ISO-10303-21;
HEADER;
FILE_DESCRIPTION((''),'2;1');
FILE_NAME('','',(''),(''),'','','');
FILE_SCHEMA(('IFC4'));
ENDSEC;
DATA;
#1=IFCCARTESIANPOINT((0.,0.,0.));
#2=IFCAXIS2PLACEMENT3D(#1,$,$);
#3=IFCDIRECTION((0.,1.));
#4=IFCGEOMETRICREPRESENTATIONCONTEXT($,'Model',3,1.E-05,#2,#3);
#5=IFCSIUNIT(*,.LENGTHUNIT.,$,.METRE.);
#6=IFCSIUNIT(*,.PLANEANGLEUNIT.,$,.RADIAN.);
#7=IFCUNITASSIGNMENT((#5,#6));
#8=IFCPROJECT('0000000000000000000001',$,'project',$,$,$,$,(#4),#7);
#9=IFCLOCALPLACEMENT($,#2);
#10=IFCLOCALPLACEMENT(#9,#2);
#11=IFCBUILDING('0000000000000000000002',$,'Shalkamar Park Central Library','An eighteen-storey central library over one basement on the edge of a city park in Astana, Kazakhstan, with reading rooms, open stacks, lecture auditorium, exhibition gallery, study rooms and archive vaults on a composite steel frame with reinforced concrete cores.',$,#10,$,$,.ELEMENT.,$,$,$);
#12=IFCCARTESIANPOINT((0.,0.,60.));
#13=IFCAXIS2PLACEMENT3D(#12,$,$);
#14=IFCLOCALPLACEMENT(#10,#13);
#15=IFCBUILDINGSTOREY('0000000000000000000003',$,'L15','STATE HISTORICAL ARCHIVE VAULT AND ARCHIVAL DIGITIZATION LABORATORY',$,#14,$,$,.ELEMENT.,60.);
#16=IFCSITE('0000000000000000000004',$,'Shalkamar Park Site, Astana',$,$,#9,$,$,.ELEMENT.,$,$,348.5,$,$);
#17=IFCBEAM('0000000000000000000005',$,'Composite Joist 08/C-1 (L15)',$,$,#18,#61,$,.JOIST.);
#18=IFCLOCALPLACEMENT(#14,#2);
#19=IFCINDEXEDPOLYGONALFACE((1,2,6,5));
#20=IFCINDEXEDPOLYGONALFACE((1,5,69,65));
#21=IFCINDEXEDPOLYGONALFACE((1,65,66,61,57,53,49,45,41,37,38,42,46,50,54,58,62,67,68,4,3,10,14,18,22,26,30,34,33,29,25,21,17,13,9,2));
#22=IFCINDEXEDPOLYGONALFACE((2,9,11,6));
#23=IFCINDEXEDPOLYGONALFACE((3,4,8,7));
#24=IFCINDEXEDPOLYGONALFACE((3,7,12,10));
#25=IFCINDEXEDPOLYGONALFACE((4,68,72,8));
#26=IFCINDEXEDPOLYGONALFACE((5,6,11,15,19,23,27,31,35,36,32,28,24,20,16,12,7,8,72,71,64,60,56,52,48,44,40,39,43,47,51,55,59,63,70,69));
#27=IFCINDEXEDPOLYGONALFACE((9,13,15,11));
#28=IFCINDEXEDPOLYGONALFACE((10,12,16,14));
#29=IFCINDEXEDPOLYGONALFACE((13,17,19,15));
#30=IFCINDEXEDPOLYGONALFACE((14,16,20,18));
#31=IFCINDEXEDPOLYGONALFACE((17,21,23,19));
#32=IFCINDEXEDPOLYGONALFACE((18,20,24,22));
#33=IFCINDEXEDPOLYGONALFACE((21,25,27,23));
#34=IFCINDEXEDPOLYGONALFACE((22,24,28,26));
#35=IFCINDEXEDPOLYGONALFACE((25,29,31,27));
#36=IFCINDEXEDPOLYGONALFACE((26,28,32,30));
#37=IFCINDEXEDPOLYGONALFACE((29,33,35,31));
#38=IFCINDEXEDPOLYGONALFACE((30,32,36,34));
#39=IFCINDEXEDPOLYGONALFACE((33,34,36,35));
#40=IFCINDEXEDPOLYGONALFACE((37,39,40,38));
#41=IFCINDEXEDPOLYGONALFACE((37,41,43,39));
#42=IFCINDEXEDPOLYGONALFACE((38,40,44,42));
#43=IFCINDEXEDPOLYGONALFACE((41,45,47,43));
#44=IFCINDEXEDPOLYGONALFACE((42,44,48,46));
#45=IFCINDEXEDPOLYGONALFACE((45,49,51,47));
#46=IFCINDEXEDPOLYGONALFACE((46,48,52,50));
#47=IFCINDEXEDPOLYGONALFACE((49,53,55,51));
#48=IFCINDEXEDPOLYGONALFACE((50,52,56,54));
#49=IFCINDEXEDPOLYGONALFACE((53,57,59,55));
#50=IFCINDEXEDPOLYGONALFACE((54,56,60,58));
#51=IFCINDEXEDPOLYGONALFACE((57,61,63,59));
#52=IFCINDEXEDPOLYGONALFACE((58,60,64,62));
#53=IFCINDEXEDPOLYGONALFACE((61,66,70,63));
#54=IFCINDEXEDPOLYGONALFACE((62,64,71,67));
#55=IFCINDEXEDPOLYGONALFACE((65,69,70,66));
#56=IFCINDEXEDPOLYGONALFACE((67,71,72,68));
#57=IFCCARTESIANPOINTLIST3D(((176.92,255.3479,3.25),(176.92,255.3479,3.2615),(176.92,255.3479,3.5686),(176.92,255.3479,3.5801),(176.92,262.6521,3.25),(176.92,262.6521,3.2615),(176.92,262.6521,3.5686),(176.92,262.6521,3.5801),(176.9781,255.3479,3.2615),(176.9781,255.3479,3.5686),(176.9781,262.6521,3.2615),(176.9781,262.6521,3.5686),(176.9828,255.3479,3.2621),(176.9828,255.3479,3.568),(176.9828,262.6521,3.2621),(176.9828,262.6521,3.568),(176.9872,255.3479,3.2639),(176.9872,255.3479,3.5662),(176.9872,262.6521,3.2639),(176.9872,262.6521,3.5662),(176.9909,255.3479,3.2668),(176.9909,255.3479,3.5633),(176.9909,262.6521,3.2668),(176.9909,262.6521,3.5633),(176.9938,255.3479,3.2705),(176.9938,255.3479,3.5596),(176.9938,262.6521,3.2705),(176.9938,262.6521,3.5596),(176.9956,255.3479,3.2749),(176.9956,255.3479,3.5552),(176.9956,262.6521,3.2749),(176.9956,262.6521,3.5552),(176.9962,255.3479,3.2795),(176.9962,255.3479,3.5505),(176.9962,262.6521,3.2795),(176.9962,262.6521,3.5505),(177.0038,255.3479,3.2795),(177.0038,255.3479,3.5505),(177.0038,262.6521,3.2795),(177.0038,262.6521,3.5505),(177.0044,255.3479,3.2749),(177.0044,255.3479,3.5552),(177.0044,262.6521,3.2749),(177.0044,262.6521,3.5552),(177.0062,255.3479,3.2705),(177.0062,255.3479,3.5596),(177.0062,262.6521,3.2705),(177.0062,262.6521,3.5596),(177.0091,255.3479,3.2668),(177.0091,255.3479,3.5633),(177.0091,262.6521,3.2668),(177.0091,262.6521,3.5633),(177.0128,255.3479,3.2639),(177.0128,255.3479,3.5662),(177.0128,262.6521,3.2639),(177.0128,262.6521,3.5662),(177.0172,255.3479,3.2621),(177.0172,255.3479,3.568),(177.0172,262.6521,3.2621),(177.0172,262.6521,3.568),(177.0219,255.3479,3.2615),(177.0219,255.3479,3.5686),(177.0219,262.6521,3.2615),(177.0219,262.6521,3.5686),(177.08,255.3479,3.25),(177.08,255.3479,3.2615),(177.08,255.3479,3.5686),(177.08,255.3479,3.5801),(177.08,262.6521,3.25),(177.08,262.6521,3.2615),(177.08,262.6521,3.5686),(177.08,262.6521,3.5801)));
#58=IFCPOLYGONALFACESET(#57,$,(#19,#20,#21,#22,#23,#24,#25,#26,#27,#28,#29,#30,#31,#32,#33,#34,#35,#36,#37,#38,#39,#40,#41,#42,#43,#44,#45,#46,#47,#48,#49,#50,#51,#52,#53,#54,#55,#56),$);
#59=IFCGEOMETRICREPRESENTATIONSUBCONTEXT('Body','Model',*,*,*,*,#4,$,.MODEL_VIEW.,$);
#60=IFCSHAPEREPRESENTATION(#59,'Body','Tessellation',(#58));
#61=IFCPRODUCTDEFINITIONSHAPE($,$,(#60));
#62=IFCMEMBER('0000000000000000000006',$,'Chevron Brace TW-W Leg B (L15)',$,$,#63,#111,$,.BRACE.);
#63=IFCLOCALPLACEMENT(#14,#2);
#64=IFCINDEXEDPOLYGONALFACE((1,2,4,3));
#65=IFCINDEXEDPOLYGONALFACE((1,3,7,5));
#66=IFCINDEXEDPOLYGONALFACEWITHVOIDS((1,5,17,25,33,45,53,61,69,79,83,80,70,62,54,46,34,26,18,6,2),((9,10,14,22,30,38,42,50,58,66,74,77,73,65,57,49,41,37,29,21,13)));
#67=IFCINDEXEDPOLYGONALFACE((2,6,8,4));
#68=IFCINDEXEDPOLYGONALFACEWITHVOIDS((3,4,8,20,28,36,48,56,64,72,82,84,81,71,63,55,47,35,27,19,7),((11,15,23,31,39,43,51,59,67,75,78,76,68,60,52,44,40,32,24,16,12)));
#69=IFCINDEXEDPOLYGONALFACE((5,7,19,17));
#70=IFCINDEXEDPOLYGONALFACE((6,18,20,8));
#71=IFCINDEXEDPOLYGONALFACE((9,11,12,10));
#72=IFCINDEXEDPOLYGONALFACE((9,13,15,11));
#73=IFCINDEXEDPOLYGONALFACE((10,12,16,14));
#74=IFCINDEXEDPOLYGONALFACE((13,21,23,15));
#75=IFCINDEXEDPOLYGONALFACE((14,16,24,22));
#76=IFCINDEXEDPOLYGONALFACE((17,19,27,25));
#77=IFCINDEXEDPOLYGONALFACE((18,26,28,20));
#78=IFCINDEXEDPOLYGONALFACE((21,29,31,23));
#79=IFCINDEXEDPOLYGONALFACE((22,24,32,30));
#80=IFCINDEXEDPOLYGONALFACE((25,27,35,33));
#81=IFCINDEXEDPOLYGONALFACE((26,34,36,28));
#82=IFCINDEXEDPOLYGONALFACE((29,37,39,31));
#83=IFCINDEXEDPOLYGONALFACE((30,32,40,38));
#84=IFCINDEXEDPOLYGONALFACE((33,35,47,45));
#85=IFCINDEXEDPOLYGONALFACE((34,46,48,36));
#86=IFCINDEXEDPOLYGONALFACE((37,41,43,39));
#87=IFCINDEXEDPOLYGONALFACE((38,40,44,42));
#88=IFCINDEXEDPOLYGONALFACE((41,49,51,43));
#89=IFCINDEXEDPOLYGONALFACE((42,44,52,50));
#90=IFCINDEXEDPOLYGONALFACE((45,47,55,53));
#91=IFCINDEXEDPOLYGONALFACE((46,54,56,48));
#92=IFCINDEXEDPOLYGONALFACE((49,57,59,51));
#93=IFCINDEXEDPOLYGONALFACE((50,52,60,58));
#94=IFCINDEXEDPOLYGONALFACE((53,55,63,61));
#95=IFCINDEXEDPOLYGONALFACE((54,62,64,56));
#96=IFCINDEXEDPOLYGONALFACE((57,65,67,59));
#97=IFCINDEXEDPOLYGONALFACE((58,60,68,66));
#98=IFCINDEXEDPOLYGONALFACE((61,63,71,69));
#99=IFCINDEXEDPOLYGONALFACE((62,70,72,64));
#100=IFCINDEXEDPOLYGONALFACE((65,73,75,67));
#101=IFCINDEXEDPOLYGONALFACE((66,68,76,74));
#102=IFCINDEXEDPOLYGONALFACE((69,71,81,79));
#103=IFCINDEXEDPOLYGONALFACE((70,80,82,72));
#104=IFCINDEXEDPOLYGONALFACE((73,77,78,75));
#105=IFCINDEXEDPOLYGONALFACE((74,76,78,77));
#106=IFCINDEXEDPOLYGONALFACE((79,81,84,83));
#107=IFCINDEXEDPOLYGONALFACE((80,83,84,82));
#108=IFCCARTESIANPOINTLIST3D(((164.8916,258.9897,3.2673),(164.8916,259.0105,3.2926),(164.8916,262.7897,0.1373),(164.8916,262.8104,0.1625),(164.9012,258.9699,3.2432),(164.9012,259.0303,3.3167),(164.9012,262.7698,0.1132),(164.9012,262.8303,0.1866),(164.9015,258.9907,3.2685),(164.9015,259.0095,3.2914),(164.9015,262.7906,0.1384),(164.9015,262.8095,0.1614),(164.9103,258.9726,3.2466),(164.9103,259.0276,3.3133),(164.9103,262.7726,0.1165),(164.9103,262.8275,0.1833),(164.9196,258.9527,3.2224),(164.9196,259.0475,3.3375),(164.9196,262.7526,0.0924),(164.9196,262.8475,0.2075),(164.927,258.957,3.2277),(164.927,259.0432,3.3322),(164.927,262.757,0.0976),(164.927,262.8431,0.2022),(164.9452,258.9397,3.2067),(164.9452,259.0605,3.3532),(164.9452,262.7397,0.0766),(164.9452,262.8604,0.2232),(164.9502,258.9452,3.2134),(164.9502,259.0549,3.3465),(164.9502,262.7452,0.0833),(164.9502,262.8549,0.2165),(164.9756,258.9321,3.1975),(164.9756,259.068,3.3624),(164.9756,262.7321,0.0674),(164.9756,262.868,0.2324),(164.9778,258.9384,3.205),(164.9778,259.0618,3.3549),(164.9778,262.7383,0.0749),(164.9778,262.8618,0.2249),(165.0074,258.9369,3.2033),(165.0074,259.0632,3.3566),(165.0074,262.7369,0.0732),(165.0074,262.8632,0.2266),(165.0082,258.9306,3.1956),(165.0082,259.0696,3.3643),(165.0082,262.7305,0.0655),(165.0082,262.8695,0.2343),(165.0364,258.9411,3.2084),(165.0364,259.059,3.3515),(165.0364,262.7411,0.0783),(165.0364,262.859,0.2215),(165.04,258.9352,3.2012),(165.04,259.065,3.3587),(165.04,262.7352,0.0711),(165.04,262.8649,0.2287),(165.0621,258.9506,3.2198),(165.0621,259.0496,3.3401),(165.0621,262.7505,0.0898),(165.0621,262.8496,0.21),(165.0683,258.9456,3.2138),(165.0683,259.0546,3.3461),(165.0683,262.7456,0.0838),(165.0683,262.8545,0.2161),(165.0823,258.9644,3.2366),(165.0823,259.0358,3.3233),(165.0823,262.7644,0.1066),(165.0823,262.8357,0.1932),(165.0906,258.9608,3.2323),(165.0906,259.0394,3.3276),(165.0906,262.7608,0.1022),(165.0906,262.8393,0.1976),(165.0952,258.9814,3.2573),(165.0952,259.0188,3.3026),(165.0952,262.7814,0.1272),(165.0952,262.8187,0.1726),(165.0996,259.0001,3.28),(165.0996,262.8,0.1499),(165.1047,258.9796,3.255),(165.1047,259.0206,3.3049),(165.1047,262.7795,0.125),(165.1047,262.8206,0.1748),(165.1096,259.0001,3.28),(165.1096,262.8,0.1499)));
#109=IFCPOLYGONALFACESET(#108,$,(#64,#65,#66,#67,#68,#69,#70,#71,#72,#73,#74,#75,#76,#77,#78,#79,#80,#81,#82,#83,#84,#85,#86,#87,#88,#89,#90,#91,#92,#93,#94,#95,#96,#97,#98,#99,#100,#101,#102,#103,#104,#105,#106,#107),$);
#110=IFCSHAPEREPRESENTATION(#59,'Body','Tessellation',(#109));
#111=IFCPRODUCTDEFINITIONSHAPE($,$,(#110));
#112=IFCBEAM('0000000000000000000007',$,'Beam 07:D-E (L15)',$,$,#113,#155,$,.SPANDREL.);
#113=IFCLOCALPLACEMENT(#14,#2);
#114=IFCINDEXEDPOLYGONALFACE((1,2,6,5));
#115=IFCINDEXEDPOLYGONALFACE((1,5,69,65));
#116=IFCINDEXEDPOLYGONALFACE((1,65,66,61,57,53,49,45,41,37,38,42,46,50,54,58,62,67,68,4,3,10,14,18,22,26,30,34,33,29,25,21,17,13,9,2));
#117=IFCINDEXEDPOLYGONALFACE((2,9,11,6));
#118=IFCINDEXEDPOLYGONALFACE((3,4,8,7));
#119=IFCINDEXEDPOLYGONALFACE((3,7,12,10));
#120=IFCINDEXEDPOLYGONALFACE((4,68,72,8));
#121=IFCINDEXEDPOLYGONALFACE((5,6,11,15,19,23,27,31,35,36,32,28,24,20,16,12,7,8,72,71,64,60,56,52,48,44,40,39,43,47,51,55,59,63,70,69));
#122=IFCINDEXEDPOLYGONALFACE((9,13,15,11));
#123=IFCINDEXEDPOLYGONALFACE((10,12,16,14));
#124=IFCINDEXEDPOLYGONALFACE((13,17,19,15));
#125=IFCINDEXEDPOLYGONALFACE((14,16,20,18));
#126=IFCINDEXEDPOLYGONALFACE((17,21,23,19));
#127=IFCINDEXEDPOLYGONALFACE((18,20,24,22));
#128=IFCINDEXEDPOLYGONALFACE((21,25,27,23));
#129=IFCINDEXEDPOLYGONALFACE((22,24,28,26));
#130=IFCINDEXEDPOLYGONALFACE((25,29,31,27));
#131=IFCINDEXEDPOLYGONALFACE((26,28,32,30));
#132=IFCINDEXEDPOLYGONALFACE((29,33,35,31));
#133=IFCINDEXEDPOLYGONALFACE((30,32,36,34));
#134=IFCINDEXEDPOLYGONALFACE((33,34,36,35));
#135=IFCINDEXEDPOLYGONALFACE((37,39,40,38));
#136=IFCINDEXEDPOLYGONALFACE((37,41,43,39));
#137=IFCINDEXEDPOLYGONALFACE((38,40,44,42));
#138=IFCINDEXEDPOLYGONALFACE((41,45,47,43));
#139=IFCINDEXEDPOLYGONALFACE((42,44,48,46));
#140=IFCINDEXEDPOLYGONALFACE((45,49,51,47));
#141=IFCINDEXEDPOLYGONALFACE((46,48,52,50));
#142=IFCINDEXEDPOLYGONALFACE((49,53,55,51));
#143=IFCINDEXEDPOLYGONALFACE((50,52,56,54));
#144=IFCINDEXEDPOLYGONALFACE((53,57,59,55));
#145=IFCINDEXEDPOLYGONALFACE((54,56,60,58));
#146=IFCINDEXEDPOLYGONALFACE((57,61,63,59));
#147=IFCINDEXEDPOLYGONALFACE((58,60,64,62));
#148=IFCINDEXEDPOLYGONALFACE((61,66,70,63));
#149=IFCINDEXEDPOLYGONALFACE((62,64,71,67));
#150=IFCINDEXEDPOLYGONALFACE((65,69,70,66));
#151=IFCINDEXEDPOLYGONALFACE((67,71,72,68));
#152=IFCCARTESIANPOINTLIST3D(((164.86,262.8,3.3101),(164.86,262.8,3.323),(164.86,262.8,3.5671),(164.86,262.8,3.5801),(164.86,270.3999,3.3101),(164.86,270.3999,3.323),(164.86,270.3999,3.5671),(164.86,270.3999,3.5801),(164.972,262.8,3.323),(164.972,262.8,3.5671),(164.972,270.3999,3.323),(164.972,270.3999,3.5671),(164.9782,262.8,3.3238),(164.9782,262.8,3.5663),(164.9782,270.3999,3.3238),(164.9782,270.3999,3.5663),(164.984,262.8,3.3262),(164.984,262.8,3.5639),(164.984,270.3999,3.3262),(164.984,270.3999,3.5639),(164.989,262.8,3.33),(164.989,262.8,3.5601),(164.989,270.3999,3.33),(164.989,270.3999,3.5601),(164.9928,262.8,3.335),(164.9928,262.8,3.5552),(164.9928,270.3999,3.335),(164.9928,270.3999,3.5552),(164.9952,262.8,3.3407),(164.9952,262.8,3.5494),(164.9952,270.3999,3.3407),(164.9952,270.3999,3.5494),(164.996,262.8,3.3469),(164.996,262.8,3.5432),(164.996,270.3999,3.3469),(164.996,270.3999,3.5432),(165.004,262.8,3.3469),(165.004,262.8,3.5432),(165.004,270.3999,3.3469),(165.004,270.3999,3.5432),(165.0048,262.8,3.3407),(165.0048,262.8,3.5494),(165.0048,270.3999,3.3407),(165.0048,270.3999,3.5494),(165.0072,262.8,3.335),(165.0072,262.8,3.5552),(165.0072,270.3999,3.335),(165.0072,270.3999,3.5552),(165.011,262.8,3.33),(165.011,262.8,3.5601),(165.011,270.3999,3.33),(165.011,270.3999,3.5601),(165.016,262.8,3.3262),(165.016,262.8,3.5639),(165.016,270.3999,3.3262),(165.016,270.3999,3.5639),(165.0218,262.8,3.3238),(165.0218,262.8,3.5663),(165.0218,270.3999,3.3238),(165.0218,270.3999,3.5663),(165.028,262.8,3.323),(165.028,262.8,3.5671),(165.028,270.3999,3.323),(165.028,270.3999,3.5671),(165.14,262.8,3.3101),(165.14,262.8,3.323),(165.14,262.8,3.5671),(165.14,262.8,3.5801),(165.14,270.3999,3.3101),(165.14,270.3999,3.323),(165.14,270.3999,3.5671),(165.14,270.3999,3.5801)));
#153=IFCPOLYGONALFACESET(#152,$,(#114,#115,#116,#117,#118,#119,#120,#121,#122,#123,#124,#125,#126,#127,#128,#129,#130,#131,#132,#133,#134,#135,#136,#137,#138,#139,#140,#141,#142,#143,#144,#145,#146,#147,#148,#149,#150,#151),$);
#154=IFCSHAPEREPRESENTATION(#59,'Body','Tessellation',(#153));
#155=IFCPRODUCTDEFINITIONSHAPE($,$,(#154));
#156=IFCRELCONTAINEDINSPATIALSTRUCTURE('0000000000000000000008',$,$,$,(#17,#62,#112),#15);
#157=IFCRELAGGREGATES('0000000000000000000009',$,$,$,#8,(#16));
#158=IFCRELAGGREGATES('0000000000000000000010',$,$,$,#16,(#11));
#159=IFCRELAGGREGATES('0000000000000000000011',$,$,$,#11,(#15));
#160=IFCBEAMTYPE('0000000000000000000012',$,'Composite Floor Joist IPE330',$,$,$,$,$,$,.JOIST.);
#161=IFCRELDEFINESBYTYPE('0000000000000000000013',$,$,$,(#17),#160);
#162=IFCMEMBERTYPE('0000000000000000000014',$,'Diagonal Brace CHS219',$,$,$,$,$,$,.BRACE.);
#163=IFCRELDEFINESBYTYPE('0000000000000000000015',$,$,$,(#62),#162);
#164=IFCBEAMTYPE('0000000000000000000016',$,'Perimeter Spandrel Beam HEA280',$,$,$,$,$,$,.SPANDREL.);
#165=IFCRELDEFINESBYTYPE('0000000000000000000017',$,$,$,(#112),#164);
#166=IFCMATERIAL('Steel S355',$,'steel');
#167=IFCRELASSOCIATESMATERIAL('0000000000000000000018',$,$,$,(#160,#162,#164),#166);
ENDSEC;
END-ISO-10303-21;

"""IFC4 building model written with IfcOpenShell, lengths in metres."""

from ifc_helpers import new_model, si_unit, direction, frame, origin, origin_2d, place, context, subcontext, project, spatial, hollow_circle, i_section, extrude, material, material_profile, profile_set, type_object, element, save


model = new_model("IFC4")

# Units and contexts
model_context = context("Model", 3, precision=1e-05, world=origin(), true_north=direction((0.0, 1.0)))
body_context = subcontext(model_context, "Body", "Model", "MODEL_VIEW")
ifc_project = project(units=[si_unit("LENGTHUNIT", "METRE"), si_unit("PLANEANGLEUNIT", "RADIAN")], contexts=[model_context])

# Site, building, storey
site_placement = place(None, origin())
site = spatial("IfcSite", under=ifc_project, at=site_placement, Name="Shalkamar Park Site, Astana", CompositionType="ELEMENT", RefElevation=348.5)
building_placement = place(site_placement, origin())
building = spatial("IfcBuilding", under=site, at=building_placement, Name="Shalkamar Park Central Library", Description="An eighteen-storey central library over one basement on the edge of a city park in Astana, Kazakhstan, with reading rooms, open stacks, lecture auditorium, exhibition gallery, study rooms and archive vaults on a composite steel frame with reinforced concrete cores.", CompositionType="ELEMENT")
storey_placement = place(building_placement, frame((0.0, 0.0, 60.0)))
storey = spatial("IfcBuildingStorey", under=building, at=storey_placement, Name="L15", Description="STATE HISTORICAL ARCHIVE VAULT AND ARCHIVAL DIGITIZATION LABORATORY", CompositionType="ELEMENT", Elevation=60.0)

# Shared definitions
ifc_material_1 = material(Name="Steel S355", Category="steel")

# Beam
ifc_material_profile_1 = material_profile(ifc_material_1, i_section(OverallWidth=0.1599, OverallDepth=0.3301, WebThickness=0.0076, FlangeThickness=0.0115, FilletRadius=0.0181, at=origin_2d()), Name="IPE 330")
ifc_profile_set_1 = profile_set([ifc_material_profile_1], Name="Steel S355")
beam_type_1 = type_object("IfcBeamType", Name="Composite Floor Joist IPE330", PredefinedType="JOIST", material=ifc_profile_set_1)
beam_1_placement = place(storey_placement, frame((177.0, 255.3479, 3.415), z_axis=(0.0, 1.0, 0.0), x_axis=(-1.0, 0.0, 0.0)))
element("IfcBeam", 1, at=beam_1_placement, inside=storey, type_object=beam_type_1, Name="Composite Joist 08/C-1 (L15)", PredefinedType="JOIST", context=body_context, shape_type="SweptSolid", body=[
    extrude(i_section(OverallWidth=0.1599, OverallDepth=0.3301, WebThickness=0.0076, FlangeThickness=0.0115, FilletRadius=0.0181, at=origin_2d()), origin(), (0.0, 0.0, 1.0), 7.3042),
])

# Member
ifc_material_profile_2 = material_profile(ifc_material_1, hollow_circle(Radius=0.1096, WallThickness=0.01, at=origin_2d()), Name="CHS 219.1x10")
ifc_profile_set_2 = profile_set([ifc_material_profile_2], Name="Steel S355")
member_type = type_object("IfcMemberType", Name="Diagonal Brace CHS219", PredefinedType="BRACE", material=ifc_profile_set_2)
member_placement = place(storey_placement, frame((165.0, 262.8, 0.1499), z_axis=(0.0, -0.771863, 0.635789), x_axis=(1.0, 0.0, 0.0)))
element("IfcMember", 2, at=member_placement, inside=storey, type_object=member_type, Name="Chevron Brace TW-W Leg B (L15)", PredefinedType="BRACE", context=body_context, shape_type="SweptSolid", body=[
    extrude(hollow_circle(Radius=0.1096, WallThickness=0.01, at=origin_2d()), origin(), (0.0, 0.0, 1.0), 4.9231),
])

# Beam
ifc_material_profile_3 = material_profile(ifc_material_1, i_section(OverallWidth=0.28, OverallDepth=0.27, WebThickness=0.0081, FlangeThickness=0.0129, FilletRadius=0.0239, at=origin_2d()), Name="HEA 280")
ifc_profile_set_3 = profile_set([ifc_material_profile_3], Name="Steel S355")
beam_type_2 = type_object("IfcBeamType", Name="Perimeter Spandrel Beam HEA280", PredefinedType="SPANDREL", material=ifc_profile_set_3)
beam_2_placement = place(storey_placement, frame((165.0, 262.8, 3.4451), z_axis=(0.0, 1.0, 0.0), x_axis=(-1.0, 0.0, 0.0)))
element("IfcBeam", 3, at=beam_2_placement, inside=storey, type_object=beam_type_2, Name="Beam 07:D-E (L15)", PredefinedType="SPANDREL", context=body_context, shape_type="SweptSolid", body=[
    extrude(i_section(OverallWidth=0.28, OverallDepth=0.27, WebThickness=0.0081, FlangeThickness=0.0129, FilletRadius=0.0239, at=origin_2d()), origin(), (0.0, 0.0, 1.0), 7.5999),
])

save(model, "model.ifc")
